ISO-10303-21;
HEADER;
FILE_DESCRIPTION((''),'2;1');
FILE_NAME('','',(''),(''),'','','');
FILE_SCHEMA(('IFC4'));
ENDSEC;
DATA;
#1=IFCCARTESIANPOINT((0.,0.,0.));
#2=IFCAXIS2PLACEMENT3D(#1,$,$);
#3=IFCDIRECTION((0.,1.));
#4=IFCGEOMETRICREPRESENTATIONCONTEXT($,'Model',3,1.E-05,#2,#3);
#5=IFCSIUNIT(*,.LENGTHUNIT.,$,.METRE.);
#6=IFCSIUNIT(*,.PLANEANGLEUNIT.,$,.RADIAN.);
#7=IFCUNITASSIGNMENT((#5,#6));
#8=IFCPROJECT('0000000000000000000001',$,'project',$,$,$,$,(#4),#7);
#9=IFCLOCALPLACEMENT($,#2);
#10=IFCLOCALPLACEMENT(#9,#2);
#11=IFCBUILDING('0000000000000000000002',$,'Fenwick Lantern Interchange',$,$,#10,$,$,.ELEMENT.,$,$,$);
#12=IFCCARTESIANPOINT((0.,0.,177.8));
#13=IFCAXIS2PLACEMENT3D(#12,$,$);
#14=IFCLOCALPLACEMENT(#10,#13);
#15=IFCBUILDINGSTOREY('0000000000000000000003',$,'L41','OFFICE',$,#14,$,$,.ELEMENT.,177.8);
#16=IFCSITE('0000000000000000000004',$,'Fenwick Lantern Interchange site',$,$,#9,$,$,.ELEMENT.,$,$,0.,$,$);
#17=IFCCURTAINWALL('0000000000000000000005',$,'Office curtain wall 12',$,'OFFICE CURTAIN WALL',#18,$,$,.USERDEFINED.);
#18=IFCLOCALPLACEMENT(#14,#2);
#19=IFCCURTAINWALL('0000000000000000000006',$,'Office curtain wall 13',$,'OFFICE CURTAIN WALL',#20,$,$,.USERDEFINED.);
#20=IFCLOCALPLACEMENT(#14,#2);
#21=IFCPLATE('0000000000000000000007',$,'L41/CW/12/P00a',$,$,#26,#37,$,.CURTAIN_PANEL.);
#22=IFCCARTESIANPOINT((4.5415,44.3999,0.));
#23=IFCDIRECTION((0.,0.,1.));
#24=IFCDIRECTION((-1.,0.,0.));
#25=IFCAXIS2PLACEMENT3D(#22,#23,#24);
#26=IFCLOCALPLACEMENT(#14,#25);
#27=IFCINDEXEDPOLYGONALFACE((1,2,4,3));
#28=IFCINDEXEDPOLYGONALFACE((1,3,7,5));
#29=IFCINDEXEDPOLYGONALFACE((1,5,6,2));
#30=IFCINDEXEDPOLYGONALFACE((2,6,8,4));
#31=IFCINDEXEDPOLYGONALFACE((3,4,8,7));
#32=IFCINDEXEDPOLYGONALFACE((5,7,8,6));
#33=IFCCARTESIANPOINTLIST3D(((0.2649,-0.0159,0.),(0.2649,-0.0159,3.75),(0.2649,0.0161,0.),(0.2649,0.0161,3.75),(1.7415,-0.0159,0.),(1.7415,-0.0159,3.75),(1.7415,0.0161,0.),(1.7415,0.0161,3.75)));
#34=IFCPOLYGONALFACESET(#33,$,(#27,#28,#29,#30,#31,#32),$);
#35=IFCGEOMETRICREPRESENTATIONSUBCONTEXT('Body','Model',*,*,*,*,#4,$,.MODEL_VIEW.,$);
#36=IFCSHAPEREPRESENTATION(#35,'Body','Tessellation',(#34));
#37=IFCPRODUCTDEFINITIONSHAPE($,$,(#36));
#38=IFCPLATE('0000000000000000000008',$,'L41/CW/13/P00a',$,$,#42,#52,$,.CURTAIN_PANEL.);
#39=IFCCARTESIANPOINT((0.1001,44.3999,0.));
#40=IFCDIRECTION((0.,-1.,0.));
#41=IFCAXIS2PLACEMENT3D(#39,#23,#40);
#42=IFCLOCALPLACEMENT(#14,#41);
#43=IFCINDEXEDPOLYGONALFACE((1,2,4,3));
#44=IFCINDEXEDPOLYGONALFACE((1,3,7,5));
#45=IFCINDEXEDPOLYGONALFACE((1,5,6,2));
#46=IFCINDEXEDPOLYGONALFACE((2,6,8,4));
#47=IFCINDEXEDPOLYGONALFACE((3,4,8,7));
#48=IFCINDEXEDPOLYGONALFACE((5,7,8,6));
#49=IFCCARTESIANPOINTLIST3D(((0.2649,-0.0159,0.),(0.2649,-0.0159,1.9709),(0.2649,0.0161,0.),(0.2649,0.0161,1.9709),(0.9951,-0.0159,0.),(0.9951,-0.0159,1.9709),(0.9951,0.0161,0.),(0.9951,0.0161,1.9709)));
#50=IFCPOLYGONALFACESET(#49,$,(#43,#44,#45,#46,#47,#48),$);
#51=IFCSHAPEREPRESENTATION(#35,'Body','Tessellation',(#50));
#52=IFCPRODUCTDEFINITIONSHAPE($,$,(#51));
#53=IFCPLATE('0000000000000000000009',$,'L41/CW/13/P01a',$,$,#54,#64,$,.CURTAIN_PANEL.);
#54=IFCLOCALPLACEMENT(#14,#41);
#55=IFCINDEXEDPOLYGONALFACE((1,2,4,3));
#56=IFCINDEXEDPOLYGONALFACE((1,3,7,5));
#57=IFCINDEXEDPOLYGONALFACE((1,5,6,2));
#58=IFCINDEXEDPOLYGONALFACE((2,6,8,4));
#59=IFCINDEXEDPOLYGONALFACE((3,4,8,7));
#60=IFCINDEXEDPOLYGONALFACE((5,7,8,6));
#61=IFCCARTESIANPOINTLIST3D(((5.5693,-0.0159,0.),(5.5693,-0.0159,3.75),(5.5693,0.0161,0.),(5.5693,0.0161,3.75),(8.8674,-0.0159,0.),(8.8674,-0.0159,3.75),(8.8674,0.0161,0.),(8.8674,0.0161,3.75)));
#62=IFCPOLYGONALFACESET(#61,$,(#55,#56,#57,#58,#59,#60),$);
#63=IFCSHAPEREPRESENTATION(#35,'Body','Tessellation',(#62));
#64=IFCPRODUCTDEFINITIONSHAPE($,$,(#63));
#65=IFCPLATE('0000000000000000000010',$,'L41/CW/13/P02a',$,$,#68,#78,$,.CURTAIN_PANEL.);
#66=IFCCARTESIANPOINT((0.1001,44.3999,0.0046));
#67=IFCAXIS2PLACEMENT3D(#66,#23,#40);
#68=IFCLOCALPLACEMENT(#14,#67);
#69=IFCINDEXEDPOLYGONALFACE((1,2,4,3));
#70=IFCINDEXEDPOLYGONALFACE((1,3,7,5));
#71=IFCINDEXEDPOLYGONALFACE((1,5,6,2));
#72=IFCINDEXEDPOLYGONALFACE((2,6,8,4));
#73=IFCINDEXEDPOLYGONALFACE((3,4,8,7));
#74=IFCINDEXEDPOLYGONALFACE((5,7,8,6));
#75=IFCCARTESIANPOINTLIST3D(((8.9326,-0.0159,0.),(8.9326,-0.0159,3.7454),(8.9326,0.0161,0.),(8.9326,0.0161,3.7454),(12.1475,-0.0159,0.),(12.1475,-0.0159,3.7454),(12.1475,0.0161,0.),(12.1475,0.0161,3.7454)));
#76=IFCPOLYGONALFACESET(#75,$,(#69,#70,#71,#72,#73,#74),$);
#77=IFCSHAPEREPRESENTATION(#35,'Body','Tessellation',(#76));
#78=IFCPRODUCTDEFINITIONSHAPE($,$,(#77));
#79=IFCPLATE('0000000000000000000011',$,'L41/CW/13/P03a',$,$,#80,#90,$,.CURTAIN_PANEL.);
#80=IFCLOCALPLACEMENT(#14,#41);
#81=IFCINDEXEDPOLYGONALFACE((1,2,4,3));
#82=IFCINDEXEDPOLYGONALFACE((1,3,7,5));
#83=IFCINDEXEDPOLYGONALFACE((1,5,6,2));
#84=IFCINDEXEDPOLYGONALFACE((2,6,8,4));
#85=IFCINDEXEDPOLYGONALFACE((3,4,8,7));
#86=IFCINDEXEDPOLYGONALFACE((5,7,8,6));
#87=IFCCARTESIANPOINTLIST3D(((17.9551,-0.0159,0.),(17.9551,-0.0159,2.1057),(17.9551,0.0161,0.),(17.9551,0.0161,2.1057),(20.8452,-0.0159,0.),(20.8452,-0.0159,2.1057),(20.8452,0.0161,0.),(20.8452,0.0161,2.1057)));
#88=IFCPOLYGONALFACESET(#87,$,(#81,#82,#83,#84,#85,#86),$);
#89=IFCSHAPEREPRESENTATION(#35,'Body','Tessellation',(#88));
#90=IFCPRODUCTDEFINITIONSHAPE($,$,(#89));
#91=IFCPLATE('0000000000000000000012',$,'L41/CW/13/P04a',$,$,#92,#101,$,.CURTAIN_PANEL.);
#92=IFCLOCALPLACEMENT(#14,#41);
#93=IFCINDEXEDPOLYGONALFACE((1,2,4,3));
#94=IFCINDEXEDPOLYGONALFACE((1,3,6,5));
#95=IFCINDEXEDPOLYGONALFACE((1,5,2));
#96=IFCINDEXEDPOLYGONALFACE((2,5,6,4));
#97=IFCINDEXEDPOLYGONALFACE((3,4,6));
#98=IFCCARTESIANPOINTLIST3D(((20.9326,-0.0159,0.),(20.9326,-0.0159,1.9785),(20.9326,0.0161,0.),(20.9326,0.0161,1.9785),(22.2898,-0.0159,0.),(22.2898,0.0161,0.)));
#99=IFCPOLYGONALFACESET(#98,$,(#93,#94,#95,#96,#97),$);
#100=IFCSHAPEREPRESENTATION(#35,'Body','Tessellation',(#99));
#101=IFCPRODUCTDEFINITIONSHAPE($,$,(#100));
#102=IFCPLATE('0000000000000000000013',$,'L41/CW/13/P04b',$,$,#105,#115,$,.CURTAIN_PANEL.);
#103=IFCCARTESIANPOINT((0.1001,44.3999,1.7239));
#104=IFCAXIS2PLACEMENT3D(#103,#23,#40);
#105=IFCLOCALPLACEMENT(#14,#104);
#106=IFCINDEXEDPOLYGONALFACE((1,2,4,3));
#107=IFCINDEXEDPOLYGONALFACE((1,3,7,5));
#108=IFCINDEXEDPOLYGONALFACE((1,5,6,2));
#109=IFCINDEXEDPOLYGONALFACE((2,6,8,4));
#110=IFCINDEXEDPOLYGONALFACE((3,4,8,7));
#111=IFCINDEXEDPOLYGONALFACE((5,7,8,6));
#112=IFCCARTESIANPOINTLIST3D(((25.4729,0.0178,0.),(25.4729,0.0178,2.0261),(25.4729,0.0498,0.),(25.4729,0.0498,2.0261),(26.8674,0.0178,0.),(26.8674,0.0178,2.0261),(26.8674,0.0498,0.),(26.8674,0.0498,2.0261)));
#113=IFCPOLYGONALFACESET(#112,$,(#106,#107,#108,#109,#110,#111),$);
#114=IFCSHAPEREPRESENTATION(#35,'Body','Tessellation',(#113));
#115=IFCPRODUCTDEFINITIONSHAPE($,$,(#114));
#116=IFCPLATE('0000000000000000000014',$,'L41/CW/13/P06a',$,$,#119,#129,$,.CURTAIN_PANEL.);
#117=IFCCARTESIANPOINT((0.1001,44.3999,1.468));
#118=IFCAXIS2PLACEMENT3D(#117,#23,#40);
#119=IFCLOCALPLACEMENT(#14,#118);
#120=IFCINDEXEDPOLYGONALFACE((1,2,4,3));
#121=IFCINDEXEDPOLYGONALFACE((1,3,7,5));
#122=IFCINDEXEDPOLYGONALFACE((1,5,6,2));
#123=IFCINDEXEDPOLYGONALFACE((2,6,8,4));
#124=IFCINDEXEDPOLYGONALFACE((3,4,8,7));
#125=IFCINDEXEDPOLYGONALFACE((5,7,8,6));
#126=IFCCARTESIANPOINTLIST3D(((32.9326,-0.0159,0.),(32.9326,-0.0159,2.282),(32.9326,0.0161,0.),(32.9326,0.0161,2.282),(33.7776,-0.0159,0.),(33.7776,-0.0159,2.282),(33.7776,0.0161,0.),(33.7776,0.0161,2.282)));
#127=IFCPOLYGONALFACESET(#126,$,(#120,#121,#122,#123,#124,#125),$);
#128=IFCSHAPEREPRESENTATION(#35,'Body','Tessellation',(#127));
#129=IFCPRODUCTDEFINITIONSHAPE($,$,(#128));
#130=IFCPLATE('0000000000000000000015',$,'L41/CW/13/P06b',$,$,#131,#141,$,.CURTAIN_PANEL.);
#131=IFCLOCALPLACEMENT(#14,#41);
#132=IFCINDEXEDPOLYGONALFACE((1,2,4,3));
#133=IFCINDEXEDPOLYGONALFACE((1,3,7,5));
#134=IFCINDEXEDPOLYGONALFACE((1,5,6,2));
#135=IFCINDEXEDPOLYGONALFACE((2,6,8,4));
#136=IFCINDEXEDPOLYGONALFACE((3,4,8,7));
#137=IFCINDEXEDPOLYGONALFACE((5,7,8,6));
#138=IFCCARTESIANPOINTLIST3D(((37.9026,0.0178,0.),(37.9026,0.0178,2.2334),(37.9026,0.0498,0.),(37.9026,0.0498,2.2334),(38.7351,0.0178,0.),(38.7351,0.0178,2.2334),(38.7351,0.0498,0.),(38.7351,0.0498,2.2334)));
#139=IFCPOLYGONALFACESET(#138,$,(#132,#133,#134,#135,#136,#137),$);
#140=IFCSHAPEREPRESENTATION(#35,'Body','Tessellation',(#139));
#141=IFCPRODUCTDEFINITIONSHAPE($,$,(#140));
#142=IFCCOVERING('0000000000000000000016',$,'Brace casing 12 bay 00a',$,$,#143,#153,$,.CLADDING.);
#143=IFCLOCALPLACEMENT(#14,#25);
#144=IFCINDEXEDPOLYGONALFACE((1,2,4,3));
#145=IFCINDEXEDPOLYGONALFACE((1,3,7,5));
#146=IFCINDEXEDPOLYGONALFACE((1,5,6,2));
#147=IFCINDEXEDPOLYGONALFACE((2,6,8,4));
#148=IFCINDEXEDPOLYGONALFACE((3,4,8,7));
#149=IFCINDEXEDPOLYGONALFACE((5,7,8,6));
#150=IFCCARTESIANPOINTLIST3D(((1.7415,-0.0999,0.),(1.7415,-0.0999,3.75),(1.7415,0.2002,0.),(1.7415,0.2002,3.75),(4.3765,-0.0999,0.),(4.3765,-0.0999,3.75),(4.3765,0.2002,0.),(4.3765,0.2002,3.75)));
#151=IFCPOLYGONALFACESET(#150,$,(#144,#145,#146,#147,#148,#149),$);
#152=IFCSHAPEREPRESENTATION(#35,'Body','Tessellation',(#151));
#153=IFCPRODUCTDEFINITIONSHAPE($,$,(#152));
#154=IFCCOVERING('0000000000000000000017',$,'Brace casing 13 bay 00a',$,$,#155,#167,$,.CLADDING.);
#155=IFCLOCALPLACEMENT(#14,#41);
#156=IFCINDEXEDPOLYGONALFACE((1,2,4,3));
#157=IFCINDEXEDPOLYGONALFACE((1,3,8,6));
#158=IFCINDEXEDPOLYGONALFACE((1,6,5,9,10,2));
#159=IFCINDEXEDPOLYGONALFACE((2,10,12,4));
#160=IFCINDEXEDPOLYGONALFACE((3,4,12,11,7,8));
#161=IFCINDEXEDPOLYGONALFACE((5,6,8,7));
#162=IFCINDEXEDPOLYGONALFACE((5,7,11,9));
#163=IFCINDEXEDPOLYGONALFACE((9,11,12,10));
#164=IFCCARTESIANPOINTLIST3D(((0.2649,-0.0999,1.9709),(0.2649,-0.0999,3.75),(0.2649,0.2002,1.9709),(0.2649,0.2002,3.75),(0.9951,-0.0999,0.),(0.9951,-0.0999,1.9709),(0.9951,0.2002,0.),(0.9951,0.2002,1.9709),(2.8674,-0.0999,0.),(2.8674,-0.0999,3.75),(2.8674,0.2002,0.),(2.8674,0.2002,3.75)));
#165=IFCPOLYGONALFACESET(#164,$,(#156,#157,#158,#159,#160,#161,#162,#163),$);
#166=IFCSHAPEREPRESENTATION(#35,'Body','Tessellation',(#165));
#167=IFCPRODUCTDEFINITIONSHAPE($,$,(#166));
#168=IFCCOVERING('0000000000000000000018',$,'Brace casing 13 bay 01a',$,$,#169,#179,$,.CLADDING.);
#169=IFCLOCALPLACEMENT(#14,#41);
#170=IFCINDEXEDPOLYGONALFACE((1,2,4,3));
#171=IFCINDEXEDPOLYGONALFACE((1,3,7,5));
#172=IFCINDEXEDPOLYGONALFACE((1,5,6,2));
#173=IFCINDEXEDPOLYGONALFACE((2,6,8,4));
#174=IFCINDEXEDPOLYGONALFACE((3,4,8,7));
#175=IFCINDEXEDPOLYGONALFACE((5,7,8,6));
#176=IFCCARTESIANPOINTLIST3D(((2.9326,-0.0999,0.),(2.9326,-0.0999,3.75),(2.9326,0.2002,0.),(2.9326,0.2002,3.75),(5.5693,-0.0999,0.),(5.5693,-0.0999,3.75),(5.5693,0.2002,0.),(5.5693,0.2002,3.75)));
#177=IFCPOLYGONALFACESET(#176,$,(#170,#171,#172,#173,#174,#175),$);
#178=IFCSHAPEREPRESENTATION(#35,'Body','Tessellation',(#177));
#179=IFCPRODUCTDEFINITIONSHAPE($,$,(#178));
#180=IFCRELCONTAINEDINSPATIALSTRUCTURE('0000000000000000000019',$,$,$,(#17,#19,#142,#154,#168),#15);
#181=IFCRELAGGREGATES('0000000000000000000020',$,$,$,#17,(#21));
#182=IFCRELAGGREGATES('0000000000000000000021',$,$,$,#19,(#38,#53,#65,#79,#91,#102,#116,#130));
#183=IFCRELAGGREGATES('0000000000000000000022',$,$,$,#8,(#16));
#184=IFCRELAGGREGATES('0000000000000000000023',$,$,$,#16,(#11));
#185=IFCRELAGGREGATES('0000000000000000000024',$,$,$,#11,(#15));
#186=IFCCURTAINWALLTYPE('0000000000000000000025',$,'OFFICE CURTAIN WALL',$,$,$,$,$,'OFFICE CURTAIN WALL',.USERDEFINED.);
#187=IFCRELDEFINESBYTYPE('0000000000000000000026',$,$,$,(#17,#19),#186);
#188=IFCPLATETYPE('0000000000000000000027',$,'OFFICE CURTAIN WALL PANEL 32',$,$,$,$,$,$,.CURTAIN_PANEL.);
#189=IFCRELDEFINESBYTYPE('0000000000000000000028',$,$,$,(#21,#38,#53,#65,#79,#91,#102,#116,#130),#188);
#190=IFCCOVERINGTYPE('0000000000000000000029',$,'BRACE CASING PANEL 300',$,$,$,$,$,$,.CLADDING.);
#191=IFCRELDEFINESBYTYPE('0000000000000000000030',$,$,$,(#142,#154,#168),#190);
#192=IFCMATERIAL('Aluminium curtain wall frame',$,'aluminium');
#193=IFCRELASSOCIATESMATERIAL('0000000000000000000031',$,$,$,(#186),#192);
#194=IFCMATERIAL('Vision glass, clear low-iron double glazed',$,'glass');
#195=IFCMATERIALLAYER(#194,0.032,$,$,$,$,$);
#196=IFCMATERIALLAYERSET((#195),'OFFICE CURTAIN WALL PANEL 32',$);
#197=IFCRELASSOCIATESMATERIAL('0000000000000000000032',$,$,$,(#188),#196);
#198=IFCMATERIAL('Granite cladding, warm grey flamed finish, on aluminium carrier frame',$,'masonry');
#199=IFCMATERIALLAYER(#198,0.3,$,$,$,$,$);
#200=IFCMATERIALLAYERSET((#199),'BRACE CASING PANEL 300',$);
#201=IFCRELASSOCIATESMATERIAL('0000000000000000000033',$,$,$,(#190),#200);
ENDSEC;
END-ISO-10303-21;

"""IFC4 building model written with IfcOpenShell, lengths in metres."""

from ifc_helpers import new_model, si_unit, direction, frame, origin, place, context, subcontext, project, spatial, polyline, outline, extrude, material, layer, layer_set, type_object, element, aggregate, save


model = new_model("IFC4")

# Units and contexts
model_context = context("Model", 3, precision=1e-05, world=origin(), true_north=direction((0.0, 1.0)))
body_context = subcontext(model_context, "Body", "Model", "MODEL_VIEW")
ifc_project = project(units=[si_unit("LENGTHUNIT", "METRE"), si_unit("PLANEANGLEUNIT", "RADIAN")], contexts=[model_context])

# Site, building, storey
site_placement = place(None, origin())
site = spatial("IfcSite", under=ifc_project, at=site_placement, Name="Fenwick Lantern Interchange site", CompositionType="ELEMENT", RefElevation=0.0)
building_placement = place(site_placement, origin())
building = spatial("IfcBuilding", under=site, at=building_placement, Name="Fenwick Lantern Interchange", CompositionType="ELEMENT")
storey_placement = place(building_placement, frame((0.0, 0.0, 177.8)))
storey = spatial("IfcBuildingStorey", under=building, at=storey_placement, Name="L41", Description="OFFICE", CompositionType="ELEMENT", Elevation=177.8)

# Shared definitions
ifc_material_1 = material(Name="Aluminium curtain wall frame", Category="aluminium")
curtain_wall_type = type_object("IfcCurtainWallType", Name="OFFICE CURTAIN WALL", ElementType="OFFICE CURTAIN WALL", PredefinedType="USERDEFINED", material=ifc_material_1)

# Curtain walls
curtain_wall_1_placement = place(storey_placement, origin())
curtain_wall_1 = element("IfcCurtainWall", 1, at=curtain_wall_1_placement, inside=storey, type_object=curtain_wall_type, Name="Office curtain wall 12", ObjectType="OFFICE CURTAIN WALL", PredefinedType="USERDEFINED")
curtain_wall_2_placement = place(storey_placement, origin())
curtain_wall_2 = element("IfcCurtainWall", 2, at=curtain_wall_2_placement, inside=storey, type_object=curtain_wall_type, Name="Office curtain wall 13", ObjectType="OFFICE CURTAIN WALL", PredefinedType="USERDEFINED")

# Plates
ifc_material_2 = material(Name="Vision glass, clear low-iron double glazed", Category="glass")
ifc_layer_1 = layer(ifc_material_2, 0.032)
ifc_layer_set_1 = layer_set([ifc_layer_1], Name="OFFICE CURTAIN WALL PANEL 32")
plate_type = type_object("IfcPlateType", Name="OFFICE CURTAIN WALL PANEL 32", PredefinedType="CURTAIN_PANEL", material=ifc_layer_set_1)
plate_1_placement = place(storey_placement, frame((4.5415, 44.3999, 0.0), z_axis=(0.0, 0.0, 1.0), x_axis=(-1.0, 0.0, 0.0)))
plate_1 = element("IfcPlate", 3, at=plate_1_placement, type_object=plate_type, Name="L41/CW/12/P00a", PredefinedType="CURTAIN_PANEL", context=body_context, shape_type="SweptSolid", body=[
    extrude(outline(polyline([(0.2649, 0.0), (1.7415, 0.0), (1.7415, 3.75), (0.2649, 3.75), (0.2649, 0.0)])), frame((0.0, 0.0161, 0.0), z_axis=(0.0, -1.0, 0.0), x_axis=(1.0, 0.0, 0.0)), (0.0, 0.0, 1.0), 0.032),
])
aggregate(curtain_wall_1, [plate_1])
plate_2_placement = place(storey_placement, frame((0.1001, 44.3999, 0.0), z_axis=(0.0, 0.0, 1.0), x_axis=(0.0, -1.0, 0.0)))
plate_2 = element("IfcPlate", 4, at=plate_2_placement, type_object=plate_type, Name="L41/CW/13/P00a", PredefinedType="CURTAIN_PANEL", context=body_context, shape_type="SweptSolid", body=[
    extrude(outline(polyline([(0.2649, 0.0), (0.9951, 0.0), (0.9951, 1.9709), (0.2649, 1.9709), (0.2649, 0.0)])), frame((0.0, 0.0161, 0.0), z_axis=(0.0, -1.0, 0.0), x_axis=(1.0, 0.0, 0.0)), (0.0, 0.0, 1.0), 0.032),
])
plate_3_placement = place(storey_placement, frame((0.1001, 44.3999, 0.0), z_axis=(0.0, 0.0, 1.0), x_axis=(0.0, -1.0, 0.0)))
plate_3 = element("IfcPlate", 5, at=plate_3_placement, type_object=plate_type, Name="L41/CW/13/P01a", PredefinedType="CURTAIN_PANEL", context=body_context, shape_type="SweptSolid", body=[
    extrude(outline(polyline([(5.5693, 0.0), (8.8674, 0.0), (8.8674, 3.75), (5.5693, 3.75), (5.5693, 0.0)])), frame((0.0, 0.0161, 0.0), z_axis=(0.0, -1.0, 0.0), x_axis=(1.0, 0.0, 0.0)), (0.0, 0.0, 1.0), 0.032),
])
plate_4_placement = place(storey_placement, frame((0.1001, 44.3999, 0.0046), z_axis=(0.0, 0.0, 1.0), x_axis=(0.0, -1.0, 0.0)))
plate_4 = element("IfcPlate", 6, at=plate_4_placement, type_object=plate_type, Name="L41/CW/13/P02a", PredefinedType="CURTAIN_PANEL", context=body_context, shape_type="SweptSolid", body=[
    extrude(outline(polyline([(8.9326, 0.0), (12.1475, 0.0), (12.1475, 3.7454), (8.9326, 3.7454), (8.9326, 0.0)])), frame((0.0, 0.0161, 0.0), z_axis=(0.0, -1.0, 0.0), x_axis=(1.0, 0.0, 0.0)), (0.0, 0.0, 1.0), 0.032),
])
plate_5_placement = place(storey_placement, frame((0.1001, 44.3999, 0.0), z_axis=(0.0, 0.0, 1.0), x_axis=(0.0, -1.0, 0.0)))
plate_5 = element("IfcPlate", 7, at=plate_5_placement, type_object=plate_type, Name="L41/CW/13/P03a", PredefinedType="CURTAIN_PANEL", context=body_context, shape_type="SweptSolid", body=[
    extrude(outline(polyline([(17.9551, 0.0), (20.8452, 0.0), (20.8452, 2.1057), (17.9551, 2.1057), (17.9551, 0.0)])), frame((0.0, 0.0161, 0.0), z_axis=(0.0, -1.0, 0.0), x_axis=(1.0, 0.0, 0.0)), (0.0, 0.0, 1.0), 0.032),
])
plate_6_placement = place(storey_placement, frame((0.1001, 44.3999, 0.0), z_axis=(0.0, 0.0, 1.0), x_axis=(0.0, -1.0, 0.0)))
plate_6 = element("IfcPlate", 8, at=plate_6_placement, type_object=plate_type, Name="L41/CW/13/P04a", PredefinedType="CURTAIN_PANEL", context=body_context, shape_type="SweptSolid", body=[
    extrude(outline(polyline([(20.9326, 0.0), (22.2898, 0.0), (20.9326, 1.9785), (20.9326, 0.0)])), frame((0.0, 0.0161, 0.0), z_axis=(0.0, -1.0, 0.0), x_axis=(1.0, 0.0, 0.0)), (0.0, 0.0, 1.0), 0.032),
])
plate_7_placement = place(storey_placement, frame((0.1001, 44.3999, 1.7239), z_axis=(0.0, 0.0, 1.0), x_axis=(0.0, -1.0, 0.0)))
plate_7 = element("IfcPlate", 9, at=plate_7_placement, type_object=plate_type, Name="L41/CW/13/P04b", PredefinedType="CURTAIN_PANEL", context=body_context, shape_type="SweptSolid", body=[
    extrude(outline(polyline([(25.4729, 0.0), (26.8674, 0.0), (26.8674, 2.0261), (25.4729, 2.0261), (25.4729, 0.0)])), frame((0.0, 0.0498, 0.0), z_axis=(0.0, -1.0, 0.0), x_axis=(1.0, 0.0, 0.0)), (0.0, 0.0, 1.0), 0.032),
])
plate_8_placement = place(storey_placement, frame((0.1001, 44.3999, 1.468), z_axis=(0.0, 0.0, 1.0), x_axis=(0.0, -1.0, 0.0)))
plate_8 = element("IfcPlate", 10, at=plate_8_placement, type_object=plate_type, Name="L41/CW/13/P06a", PredefinedType="CURTAIN_PANEL", context=body_context, shape_type="SweptSolid", body=[
    extrude(outline(polyline([(32.9326, 0.0), (33.7776, 0.0), (33.7776, 2.282), (32.9326, 2.282), (32.9326, 0.0)])), frame((0.0, 0.0161, 0.0), z_axis=(0.0, -1.0, 0.0), x_axis=(1.0, 0.0, 0.0)), (0.0, 0.0, 1.0), 0.032),
])
plate_9_placement = place(storey_placement, frame((0.1001, 44.3999, 0.0), z_axis=(0.0, 0.0, 1.0), x_axis=(0.0, -1.0, 0.0)))
plate_9 = element("IfcPlate", 11, at=plate_9_placement, type_object=plate_type, Name="L41/CW/13/P06b", PredefinedType="CURTAIN_PANEL", context=body_context, shape_type="SweptSolid", body=[
    extrude(outline(polyline([(37.9026, 0.0), (38.7351, 0.0), (38.7351, 2.2334), (37.9026, 2.2334), (37.9026, 0.0)])), frame((0.0, 0.0498, 0.0), z_axis=(0.0, -1.0, 0.0), x_axis=(1.0, 0.0, 0.0)), (0.0, 0.0, 1.0), 0.032),
])
aggregate(curtain_wall_2, [plate_2, plate_3, plate_4, plate_5, plate_6, plate_7, plate_8, plate_9])

# Coverings
ifc_material_3 = material(Name="Granite cladding, warm grey flamed finish, on aluminium carrier frame", Category="masonry")
ifc_layer_2 = layer(ifc_material_3, 0.3)
ifc_layer_set_2 = layer_set([ifc_layer_2], Name="BRACE CASING PANEL 300")
covering_type = type_object("IfcCoveringType", Name="BRACE CASING PANEL 300", PredefinedType="CLADDING", material=ifc_layer_set_2)
covering_1_placement = place(storey_placement, frame((4.5415, 44.3999, 0.0), z_axis=(0.0, 0.0, 1.0), x_axis=(-1.0, 0.0, 0.0)))
element("IfcCovering", 12, at=covering_1_placement, inside=storey, type_object=covering_type, Name="Brace casing 12 bay 00a", PredefinedType="CLADDING", context=body_context, shape_type="SweptSolid", body=[
    extrude(outline(polyline([(1.7415, 0.0), (4.3765, 0.0), (4.3765, 3.75), (1.7415, 3.75), (1.7415, 0.0)])), frame((0.0, 0.2002, 0.0), z_axis=(0.0, -1.0, 0.0), x_axis=(1.0, 0.0, 0.0)), (0.0, 0.0, 1.0), 0.3),
])
covering_2_placement = place(storey_placement, frame((0.1001, 44.3999, 0.0), z_axis=(0.0, 0.0, 1.0), x_axis=(0.0, -1.0, 0.0)))
element("IfcCovering", 13, at=covering_2_placement, inside=storey, type_object=covering_type, Name="Brace casing 13 bay 00a", PredefinedType="CLADDING", context=body_context, shape_type="SweptSolid", body=[
    extrude(outline(polyline([(0.9951, 0.0), (2.8674, 0.0), (2.8674, 3.75), (0.2649, 3.75), (0.2649, 1.9709), (0.9951, 1.9709), (0.9951, 0.0)])), frame((0.0, 0.2002, 0.0), z_axis=(0.0, -1.0, 0.0), x_axis=(1.0, 0.0, 0.0)), (0.0, 0.0, 1.0), 0.3),
])
covering_3_placement = place(storey_placement, frame((0.1001, 44.3999, 0.0), z_axis=(0.0, 0.0, 1.0), x_axis=(0.0, -1.0, 0.0)))
element("IfcCovering", 14, at=covering_3_placement, inside=storey, type_object=covering_type, Name="Brace casing 13 bay 01a", PredefinedType="CLADDING", context=body_context, shape_type="SweptSolid", body=[
    extrude(outline(polyline([(2.9326, 0.0), (5.5693, 0.0), (5.5693, 3.75), (2.9326, 3.75), (2.9326, 0.0)])), frame((0.0, 0.2002, 0.0), z_axis=(0.0, -1.0, 0.0), x_axis=(1.0, 0.0, 0.0)), (0.0, 0.0, 1.0), 0.3),
])

save(model, "model.ifc")
